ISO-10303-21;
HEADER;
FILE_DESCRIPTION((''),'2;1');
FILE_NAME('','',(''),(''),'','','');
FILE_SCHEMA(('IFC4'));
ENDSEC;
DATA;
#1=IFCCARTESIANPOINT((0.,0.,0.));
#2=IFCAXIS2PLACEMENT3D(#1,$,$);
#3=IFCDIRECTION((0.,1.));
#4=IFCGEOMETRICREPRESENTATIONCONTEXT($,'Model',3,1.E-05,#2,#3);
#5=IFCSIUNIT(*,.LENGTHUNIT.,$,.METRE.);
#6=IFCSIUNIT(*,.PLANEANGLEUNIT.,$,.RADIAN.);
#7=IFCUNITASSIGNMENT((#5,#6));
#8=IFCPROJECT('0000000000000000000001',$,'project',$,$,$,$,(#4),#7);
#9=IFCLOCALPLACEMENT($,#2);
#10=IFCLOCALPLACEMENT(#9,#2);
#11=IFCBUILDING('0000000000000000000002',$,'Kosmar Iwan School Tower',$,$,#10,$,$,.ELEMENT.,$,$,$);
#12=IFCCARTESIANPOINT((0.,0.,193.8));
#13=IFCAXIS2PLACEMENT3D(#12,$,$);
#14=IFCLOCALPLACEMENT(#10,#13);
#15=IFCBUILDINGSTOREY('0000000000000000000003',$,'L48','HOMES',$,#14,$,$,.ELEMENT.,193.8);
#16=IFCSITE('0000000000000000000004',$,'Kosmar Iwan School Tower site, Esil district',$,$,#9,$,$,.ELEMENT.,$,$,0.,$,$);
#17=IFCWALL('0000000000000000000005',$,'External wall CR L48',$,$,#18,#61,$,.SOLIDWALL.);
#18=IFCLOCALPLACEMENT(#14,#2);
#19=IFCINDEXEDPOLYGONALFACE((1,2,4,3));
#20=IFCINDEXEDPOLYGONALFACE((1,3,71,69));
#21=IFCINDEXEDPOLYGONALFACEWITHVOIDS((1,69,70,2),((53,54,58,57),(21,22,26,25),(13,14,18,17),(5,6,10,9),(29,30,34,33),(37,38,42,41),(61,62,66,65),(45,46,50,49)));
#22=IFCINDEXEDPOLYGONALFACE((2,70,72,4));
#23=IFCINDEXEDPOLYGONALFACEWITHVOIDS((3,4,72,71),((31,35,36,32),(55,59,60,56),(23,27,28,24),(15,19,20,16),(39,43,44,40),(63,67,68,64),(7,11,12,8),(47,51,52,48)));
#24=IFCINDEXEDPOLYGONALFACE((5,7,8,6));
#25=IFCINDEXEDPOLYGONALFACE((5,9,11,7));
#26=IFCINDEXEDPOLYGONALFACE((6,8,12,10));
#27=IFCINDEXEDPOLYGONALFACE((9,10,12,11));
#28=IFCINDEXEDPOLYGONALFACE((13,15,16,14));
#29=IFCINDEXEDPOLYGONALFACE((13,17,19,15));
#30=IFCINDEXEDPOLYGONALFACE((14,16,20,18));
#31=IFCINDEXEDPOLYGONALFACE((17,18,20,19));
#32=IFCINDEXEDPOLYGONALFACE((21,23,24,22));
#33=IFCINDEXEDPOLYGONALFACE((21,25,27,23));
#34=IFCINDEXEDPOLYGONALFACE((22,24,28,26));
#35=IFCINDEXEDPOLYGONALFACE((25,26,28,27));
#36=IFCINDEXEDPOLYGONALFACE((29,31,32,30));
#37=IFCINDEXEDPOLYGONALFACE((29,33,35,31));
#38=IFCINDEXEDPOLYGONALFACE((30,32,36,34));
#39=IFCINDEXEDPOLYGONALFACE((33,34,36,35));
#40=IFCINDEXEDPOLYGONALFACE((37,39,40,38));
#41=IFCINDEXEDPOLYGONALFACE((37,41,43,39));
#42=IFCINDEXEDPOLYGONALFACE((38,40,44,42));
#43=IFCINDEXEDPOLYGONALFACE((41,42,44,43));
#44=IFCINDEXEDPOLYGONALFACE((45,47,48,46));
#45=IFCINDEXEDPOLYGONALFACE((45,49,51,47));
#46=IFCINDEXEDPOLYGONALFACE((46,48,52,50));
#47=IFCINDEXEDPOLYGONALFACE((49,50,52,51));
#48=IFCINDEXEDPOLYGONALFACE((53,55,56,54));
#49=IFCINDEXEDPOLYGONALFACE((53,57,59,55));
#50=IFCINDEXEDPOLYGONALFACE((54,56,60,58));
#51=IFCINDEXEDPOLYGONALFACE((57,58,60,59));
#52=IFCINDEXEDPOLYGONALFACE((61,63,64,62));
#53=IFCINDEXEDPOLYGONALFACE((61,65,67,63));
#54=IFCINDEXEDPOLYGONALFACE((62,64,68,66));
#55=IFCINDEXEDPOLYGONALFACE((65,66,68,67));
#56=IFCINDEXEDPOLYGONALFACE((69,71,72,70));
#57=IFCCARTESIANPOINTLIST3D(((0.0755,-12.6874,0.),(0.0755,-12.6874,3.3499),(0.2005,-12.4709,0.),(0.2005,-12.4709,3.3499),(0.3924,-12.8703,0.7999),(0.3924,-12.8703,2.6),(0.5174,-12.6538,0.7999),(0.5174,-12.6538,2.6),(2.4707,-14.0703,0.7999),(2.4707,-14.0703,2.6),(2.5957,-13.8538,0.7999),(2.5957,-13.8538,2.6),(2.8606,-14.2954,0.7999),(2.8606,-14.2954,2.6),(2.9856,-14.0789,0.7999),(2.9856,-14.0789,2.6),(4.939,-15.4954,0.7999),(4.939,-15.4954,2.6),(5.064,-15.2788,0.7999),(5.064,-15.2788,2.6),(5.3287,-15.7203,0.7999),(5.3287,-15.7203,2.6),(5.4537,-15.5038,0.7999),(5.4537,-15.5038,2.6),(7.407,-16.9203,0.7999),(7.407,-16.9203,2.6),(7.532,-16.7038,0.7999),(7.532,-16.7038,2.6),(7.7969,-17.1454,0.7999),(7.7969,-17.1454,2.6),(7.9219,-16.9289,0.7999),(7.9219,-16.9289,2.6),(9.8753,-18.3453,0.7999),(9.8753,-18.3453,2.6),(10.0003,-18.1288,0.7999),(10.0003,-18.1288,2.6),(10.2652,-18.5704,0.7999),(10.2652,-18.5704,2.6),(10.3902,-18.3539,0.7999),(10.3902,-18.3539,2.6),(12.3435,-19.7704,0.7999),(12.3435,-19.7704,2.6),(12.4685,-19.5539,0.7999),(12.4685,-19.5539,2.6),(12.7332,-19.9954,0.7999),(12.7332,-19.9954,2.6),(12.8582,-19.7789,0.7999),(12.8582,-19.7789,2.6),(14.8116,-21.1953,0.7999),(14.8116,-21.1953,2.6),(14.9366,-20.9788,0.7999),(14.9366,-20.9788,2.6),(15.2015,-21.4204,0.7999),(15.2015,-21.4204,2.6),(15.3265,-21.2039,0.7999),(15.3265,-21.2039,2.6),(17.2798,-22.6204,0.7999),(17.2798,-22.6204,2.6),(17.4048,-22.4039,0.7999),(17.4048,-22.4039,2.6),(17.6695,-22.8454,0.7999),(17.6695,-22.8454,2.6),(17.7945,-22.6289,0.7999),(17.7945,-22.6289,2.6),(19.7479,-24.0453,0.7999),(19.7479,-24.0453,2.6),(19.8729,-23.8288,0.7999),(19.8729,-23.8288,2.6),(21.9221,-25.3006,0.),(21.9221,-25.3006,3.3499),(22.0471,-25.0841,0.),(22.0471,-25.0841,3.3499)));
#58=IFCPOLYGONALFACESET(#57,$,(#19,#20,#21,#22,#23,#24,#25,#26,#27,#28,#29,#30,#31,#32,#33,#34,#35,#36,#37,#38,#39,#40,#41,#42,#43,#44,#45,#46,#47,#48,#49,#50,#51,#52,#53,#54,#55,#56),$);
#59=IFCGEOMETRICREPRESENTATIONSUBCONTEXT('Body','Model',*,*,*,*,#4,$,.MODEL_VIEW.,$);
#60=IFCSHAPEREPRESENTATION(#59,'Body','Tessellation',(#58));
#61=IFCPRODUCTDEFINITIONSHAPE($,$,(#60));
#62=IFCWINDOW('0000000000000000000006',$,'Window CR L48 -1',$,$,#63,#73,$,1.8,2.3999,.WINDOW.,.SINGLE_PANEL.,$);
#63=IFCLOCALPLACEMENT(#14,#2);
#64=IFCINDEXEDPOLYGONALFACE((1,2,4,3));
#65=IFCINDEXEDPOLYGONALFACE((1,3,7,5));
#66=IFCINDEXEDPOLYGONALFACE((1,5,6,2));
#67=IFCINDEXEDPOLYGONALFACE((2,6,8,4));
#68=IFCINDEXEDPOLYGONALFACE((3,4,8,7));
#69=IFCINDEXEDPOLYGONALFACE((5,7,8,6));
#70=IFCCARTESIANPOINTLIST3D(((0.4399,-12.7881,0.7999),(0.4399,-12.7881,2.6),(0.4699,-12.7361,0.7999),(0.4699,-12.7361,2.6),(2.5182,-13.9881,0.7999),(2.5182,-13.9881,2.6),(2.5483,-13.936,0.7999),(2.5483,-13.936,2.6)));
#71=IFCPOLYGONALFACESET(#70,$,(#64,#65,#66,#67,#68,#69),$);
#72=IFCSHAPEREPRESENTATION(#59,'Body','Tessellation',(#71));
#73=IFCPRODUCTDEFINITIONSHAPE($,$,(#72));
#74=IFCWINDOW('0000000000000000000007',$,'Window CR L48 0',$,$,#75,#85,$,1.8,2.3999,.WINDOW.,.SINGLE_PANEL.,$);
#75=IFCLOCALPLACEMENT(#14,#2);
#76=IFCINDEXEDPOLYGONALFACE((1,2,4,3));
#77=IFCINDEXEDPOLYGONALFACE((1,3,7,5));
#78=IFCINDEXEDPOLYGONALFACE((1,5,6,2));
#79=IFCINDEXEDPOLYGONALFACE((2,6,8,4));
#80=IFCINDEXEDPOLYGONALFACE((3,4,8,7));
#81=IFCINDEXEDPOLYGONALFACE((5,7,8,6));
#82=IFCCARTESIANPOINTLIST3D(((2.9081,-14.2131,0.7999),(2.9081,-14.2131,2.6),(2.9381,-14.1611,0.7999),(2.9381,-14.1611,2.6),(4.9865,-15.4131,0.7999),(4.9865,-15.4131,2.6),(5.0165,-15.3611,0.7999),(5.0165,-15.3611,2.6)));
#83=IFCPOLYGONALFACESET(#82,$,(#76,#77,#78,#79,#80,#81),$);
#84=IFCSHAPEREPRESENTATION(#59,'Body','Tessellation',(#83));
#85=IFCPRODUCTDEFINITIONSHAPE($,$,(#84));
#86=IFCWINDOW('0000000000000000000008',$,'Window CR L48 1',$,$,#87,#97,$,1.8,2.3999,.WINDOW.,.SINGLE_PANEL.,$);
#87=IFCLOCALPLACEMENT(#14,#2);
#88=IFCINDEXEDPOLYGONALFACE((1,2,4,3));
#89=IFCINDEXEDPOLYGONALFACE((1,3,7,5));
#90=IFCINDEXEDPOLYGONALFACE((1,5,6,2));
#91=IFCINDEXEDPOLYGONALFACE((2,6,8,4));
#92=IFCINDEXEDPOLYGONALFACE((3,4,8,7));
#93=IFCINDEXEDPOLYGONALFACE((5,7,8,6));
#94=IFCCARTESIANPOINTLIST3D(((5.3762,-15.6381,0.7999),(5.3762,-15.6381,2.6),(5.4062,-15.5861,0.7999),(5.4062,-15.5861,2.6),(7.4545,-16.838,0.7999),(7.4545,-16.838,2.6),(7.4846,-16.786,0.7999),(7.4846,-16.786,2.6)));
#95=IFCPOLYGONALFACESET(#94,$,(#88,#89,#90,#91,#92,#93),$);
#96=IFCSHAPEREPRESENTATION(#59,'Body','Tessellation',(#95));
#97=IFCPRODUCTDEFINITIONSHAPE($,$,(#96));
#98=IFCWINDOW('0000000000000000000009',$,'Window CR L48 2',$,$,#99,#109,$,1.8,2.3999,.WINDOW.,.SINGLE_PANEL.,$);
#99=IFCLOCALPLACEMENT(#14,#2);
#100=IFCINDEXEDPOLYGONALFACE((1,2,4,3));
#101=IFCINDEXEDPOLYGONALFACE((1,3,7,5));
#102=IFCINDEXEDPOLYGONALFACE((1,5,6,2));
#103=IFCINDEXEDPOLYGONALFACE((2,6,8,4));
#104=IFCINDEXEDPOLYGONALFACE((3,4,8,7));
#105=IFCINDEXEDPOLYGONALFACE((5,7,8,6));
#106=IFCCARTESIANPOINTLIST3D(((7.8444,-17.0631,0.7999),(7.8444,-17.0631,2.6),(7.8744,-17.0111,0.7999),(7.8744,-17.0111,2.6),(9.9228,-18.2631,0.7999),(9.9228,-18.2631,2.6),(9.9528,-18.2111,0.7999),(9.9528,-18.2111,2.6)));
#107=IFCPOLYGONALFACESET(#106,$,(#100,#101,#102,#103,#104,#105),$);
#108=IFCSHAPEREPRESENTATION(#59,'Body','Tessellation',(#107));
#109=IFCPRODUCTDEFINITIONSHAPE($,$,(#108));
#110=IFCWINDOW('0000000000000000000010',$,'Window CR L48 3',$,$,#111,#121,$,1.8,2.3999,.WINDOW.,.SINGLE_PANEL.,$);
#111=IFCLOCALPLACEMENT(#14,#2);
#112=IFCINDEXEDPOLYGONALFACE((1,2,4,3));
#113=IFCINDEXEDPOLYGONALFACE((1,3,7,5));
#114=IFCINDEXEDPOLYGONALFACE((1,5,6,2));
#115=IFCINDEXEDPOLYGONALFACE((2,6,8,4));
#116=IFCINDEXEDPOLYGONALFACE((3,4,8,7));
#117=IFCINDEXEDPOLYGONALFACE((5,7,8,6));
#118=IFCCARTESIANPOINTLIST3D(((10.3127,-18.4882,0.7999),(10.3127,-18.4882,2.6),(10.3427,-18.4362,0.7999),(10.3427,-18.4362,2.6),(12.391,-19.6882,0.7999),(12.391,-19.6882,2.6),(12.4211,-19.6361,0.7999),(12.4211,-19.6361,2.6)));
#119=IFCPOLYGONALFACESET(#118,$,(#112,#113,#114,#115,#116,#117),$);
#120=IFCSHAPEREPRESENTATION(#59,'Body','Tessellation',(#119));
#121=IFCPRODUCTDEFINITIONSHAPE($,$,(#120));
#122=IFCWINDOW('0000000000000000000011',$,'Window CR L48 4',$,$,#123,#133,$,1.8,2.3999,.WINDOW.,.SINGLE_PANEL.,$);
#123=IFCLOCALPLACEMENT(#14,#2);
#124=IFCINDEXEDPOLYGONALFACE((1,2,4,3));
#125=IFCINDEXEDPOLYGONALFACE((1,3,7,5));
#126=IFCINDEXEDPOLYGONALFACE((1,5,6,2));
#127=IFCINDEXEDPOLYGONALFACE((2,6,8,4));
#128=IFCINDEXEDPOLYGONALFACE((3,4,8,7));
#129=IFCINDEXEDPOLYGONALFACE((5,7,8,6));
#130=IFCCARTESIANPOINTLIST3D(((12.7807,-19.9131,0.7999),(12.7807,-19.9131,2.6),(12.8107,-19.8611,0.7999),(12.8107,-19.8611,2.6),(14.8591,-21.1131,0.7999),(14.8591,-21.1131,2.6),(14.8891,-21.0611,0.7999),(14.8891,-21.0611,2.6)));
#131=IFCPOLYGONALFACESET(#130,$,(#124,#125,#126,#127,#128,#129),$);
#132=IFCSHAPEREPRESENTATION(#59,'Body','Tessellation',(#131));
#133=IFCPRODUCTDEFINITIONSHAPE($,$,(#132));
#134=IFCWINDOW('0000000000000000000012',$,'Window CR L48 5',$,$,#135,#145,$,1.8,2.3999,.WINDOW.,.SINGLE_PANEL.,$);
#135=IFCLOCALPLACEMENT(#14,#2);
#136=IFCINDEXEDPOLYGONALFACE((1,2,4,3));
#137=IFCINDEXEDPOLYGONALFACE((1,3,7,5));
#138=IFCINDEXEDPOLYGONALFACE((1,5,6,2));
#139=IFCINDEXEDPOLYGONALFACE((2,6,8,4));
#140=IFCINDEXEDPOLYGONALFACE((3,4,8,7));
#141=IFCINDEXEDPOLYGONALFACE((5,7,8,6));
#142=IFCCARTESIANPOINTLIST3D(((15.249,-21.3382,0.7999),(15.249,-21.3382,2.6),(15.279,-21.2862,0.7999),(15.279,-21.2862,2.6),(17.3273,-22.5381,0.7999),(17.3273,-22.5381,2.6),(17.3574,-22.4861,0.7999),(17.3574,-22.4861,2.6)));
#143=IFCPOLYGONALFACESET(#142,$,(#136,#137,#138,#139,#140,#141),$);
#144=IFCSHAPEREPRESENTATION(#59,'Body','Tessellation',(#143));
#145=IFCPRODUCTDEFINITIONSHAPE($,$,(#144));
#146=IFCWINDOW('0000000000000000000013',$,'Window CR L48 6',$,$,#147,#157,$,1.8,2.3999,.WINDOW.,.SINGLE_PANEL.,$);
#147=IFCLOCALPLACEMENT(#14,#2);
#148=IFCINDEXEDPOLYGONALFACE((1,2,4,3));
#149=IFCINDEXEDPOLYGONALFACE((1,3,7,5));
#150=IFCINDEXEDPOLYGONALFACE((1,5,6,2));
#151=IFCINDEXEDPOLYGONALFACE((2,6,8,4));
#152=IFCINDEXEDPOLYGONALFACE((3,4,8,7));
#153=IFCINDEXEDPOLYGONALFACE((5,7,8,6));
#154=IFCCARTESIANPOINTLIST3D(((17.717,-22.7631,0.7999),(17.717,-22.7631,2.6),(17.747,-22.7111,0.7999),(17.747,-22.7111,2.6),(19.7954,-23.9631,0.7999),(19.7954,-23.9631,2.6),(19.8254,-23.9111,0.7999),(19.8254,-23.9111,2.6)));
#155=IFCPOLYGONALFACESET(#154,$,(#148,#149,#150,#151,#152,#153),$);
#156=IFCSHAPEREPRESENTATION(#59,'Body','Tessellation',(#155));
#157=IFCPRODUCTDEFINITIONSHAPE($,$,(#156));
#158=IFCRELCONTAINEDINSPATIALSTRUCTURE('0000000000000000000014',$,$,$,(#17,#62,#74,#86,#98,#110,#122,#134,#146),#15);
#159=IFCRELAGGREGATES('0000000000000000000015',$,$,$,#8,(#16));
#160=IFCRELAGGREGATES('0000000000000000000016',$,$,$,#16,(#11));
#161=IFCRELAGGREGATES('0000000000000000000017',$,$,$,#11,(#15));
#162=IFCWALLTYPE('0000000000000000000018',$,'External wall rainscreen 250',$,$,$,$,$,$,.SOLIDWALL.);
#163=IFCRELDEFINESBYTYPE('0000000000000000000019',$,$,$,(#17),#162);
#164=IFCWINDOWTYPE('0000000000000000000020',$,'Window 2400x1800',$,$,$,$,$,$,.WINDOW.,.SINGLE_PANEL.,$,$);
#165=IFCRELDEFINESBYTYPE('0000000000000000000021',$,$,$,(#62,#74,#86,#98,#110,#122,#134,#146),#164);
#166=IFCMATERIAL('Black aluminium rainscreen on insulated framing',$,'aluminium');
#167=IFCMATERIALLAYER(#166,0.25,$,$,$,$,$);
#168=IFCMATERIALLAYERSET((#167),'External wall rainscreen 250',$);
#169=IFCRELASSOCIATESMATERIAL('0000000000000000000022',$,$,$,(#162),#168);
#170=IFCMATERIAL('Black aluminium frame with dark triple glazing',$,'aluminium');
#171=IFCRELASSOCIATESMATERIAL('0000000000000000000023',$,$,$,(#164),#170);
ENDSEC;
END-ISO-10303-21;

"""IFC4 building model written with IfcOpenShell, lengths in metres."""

from ifc_helpers import new_model, si_unit, direction, frame, frame_2d, origin, place, context, subcontext, project, spatial, rectangle, extrude, material, layer, layer_set, type_object, element, fill, save


model = new_model("IFC4")

# Units and contexts
model_context = context("Model", 3, precision=1e-05, world=origin(), true_north=direction((0.0, 1.0)))
body_context = subcontext(model_context, "Body", "Model", "MODEL_VIEW")
ifc_project = project(units=[si_unit("LENGTHUNIT", "METRE"), si_unit("PLANEANGLEUNIT", "RADIAN")], contexts=[model_context])

# Site, building, storey
site_placement = place(None, origin())
site = spatial("IfcSite", under=ifc_project, at=site_placement, Name="Kosmar Iwan School Tower site, Esil district", CompositionType="ELEMENT", RefElevation=0.0)
building_placement = place(site_placement, origin())
building = spatial("IfcBuilding", under=site, at=building_placement, Name="Kosmar Iwan School Tower", CompositionType="ELEMENT")
storey_placement = place(building_placement, frame((0.0, 0.0, 193.8)))
storey = spatial("IfcBuildingStorey", under=building, at=storey_placement, Name="L48", Description="HOMES", CompositionType="ELEMENT", Elevation=193.8)

# Wall, openings, windows
ifc_material_1 = material(Name="Black aluminium rainscreen on insulated framing", Category="aluminium")
ifc_layer = layer(ifc_material_1, 0.25)
ifc_layer_set = layer_set([ifc_layer], Name="External wall rainscreen 250")
wall_type = type_object("IfcWallType", Name="External wall rainscreen 250", PredefinedType="SOLIDWALL", material=ifc_layer_set)
ifc_material_2 = material(Name="Black aluminium frame with dark triple glazing", Category="aluminium")
window_type = type_object("IfcWindowType", Name="Window 2400x1800", PartitioningType="SINGLE_PANEL", PredefinedType="WINDOW", material=ifc_material_2)
wall_1_placement = place(storey_placement, frame((0.1379, -12.5791, 0.0), z_axis=(0.0, 0.0, 1.0), x_axis=(0.866024, -0.500003, 0.0)))
wall_1 = element("IfcWall", 1, at=wall_1_placement, inside=storey, type_object=wall_type, Name="External wall CR L48", PredefinedType="SOLIDWALL", context=body_context, shape_type="SweptSolid", body=[
    extrude(rectangle(XDim=25.2263, YDim=0.25, at=frame_2d((12.6133, 0.0))), origin(), (0.0, 0.0, 1.0), 3.3499),
])
opening_1_placement = place(wall_1_placement, frame((0.366, 0.0, 0.8)))
opening_1 = element("IfcOpeningElement", 2, at=opening_1_placement, cuts=wall_1, PredefinedType="OPENING", context=body_context, shape_type="SweptSolid", body=[
    extrude(rectangle(XDim=2.3999, YDim=1.8, at=frame_2d((1.2, 0.8999))), frame((0.0, 0.137, 0.0), z_axis=(0.0, -1.0, 0.0), x_axis=(1.0, 0.0, 0.0)), (0.0, 0.0, 1.0), 0.2739),
])
opening_2_placement = place(wall_1_placement, frame((3.2161, 0.0, 0.8)))
opening_2 = element("IfcOpeningElement", 3, at=opening_2_placement, cuts=wall_1, PredefinedType="OPENING", context=body_context, shape_type="SweptSolid", body=[
    extrude(rectangle(XDim=2.3999, YDim=1.8, at=frame_2d((1.2, 0.8999))), frame((0.0, 0.137, 0.0), z_axis=(0.0, -1.0, 0.0), x_axis=(1.0, 0.0, 0.0)), (0.0, 0.0, 1.0), 0.2739),
])
opening_3_placement = place(wall_1_placement, frame((6.0659, 0.0, 0.8)))
opening_3 = element("IfcOpeningElement", 4, at=opening_3_placement, cuts=wall_1, PredefinedType="OPENING", context=body_context, shape_type="SweptSolid", body=[
    extrude(rectangle(XDim=2.3999, YDim=1.8, at=frame_2d((1.2, 0.8999))), frame((0.0, 0.137, 0.0), z_axis=(0.0, -1.0, 0.0), x_axis=(1.0, 0.0, 0.0)), (0.0, 0.0, 1.0), 0.2739),
])
opening_4_placement = place(wall_1_placement, frame((8.916, 0.0, 0.8)))
opening_4 = element("IfcOpeningElement", 5, at=opening_4_placement, cuts=wall_1, PredefinedType="OPENING", context=body_context, shape_type="SweptSolid", body=[
    extrude(rectangle(XDim=2.3999, YDim=1.8, at=frame_2d((1.2, 0.8999))), frame((0.0, 0.137, 0.0), z_axis=(0.0, -1.0, 0.0), x_axis=(1.0, 0.0, 0.0)), (0.0, 0.0, 1.0), 0.2739),
])
opening_5_placement = place(wall_1_placement, frame((11.7661, 0.0, 0.8)))
opening_5 = element("IfcOpeningElement", 6, at=opening_5_placement, cuts=wall_1, PredefinedType="OPENING", context=body_context, shape_type="SweptSolid", body=[
    extrude(rectangle(XDim=2.3999, YDim=1.8, at=frame_2d((1.2, 0.8999))), frame((0.0, 0.137, 0.0), z_axis=(0.0, -1.0, 0.0), x_axis=(1.0, 0.0, 0.0)), (0.0, 0.0, 1.0), 0.2739),
])
opening_6_placement = place(wall_1_placement, frame((14.616, 0.0, 0.8)))
opening_6 = element("IfcOpeningElement", 7, at=opening_6_placement, cuts=wall_1, PredefinedType="OPENING", context=body_context, shape_type="SweptSolid", body=[
    extrude(rectangle(XDim=2.3999, YDim=1.8, at=frame_2d((1.2, 0.8999))), frame((0.0, 0.137, 0.0), z_axis=(0.0, -1.0, 0.0), x_axis=(1.0, 0.0, 0.0)), (0.0, 0.0, 1.0), 0.2739),
])
opening_7_placement = place(wall_1_placement, frame((17.4661, 0.0, 0.8)))
opening_7 = element("IfcOpeningElement", 8, at=opening_7_placement, cuts=wall_1, PredefinedType="OPENING", context=body_context, shape_type="SweptSolid", body=[
    extrude(rectangle(XDim=2.3999, YDim=1.8, at=frame_2d((1.2, 0.8999))), frame((0.0, 0.137, 0.0), z_axis=(0.0, -1.0, 0.0), x_axis=(1.0, 0.0, 0.0)), (0.0, 0.0, 1.0), 0.2739),
])
opening_8_placement = place(wall_1_placement, frame((20.3159, 0.0, 0.8)))
opening_8 = element("IfcOpeningElement", 9, at=opening_8_placement, cuts=wall_1, PredefinedType="OPENING", context=body_context, shape_type="SweptSolid", body=[
    extrude(rectangle(XDim=2.3999, YDim=1.8, at=frame_2d((1.2, 0.8999))), frame((0.0, 0.137, 0.0), z_axis=(0.0, -1.0, 0.0), x_axis=(1.0, 0.0, 0.0)), (0.0, 0.0, 1.0), 0.2739),
])
window_1_placement = place(opening_1_placement, origin())
window_1 = element("IfcWindow", 10, at=window_1_placement, inside=storey, type_object=window_type, Name="Window CR L48 -1", OverallHeight=1.8, OverallWidth=2.3999, PartitioningType="SINGLE_PANEL", PredefinedType="WINDOW", context=body_context, shape_type="SweptSolid", body=[
    extrude(rectangle(XDim=2.3999, YDim=1.8, at=frame_2d((1.2, 0.8999))), frame((0.0, 0.03, 0.0), z_axis=(0.0, -1.0, 0.0), x_axis=(1.0, 0.0, 0.0)), (0.0, 0.0, 1.0), 0.0601),
])
fill(opening_1, window_1)
window_2_placement = place(opening_2_placement, origin())
window_2 = element("IfcWindow", 11, at=window_2_placement, inside=storey, type_object=window_type, Name="Window CR L48 0", OverallHeight=1.8, OverallWidth=2.3999, PartitioningType="SINGLE_PANEL", PredefinedType="WINDOW", context=body_context, shape_type="SweptSolid", body=[
    extrude(rectangle(XDim=2.3999, YDim=1.8, at=frame_2d((1.2, 0.8999))), frame((0.0, 0.03, 0.0), z_axis=(0.0, -1.0, 0.0), x_axis=(1.0, 0.0, 0.0)), (0.0, 0.0, 1.0), 0.0601),
])
fill(opening_2, window_2)
window_3_placement = place(opening_3_placement, origin())
window_3 = element("IfcWindow", 12, at=window_3_placement, inside=storey, type_object=window_type, Name="Window CR L48 1", OverallHeight=1.8, OverallWidth=2.3999, PartitioningType="SINGLE_PANEL", PredefinedType="WINDOW", context=body_context, shape_type="SweptSolid", body=[
    extrude(rectangle(XDim=2.3999, YDim=1.8, at=frame_2d((1.2, 0.8999))), frame((0.0, 0.03, 0.0), z_axis=(0.0, -1.0, 0.0), x_axis=(1.0, 0.0, 0.0)), (0.0, 0.0, 1.0), 0.0601),
])
fill(opening_3, window_3)
window_4_placement = place(opening_4_placement, origin())
window_4 = element("IfcWindow", 13, at=window_4_placement, inside=storey, type_object=window_type, Name="Window CR L48 2", OverallHeight=1.8, OverallWidth=2.3999, PartitioningType="SINGLE_PANEL", PredefinedType="WINDOW", context=body_context, shape_type="SweptSolid", body=[
    extrude(rectangle(XDim=2.3999, YDim=1.8, at=frame_2d((1.2, 0.8999))), frame((0.0, 0.03, 0.0), z_axis=(0.0, -1.0, 0.0), x_axis=(1.0, 0.0, 0.0)), (0.0, 0.0, 1.0), 0.0601),
])
fill(opening_4, window_4)
window_5_placement = place(opening_5_placement, origin())
window_5 = element("IfcWindow", 14, at=window_5_placement, inside=storey, type_object=window_type, Name="Window CR L48 3", OverallHeight=1.8, OverallWidth=2.3999, PartitioningType="SINGLE_PANEL", PredefinedType="WINDOW", context=body_context, shape_type="SweptSolid", body=[
    extrude(rectangle(XDim=2.3999, YDim=1.8, at=frame_2d((1.2, 0.8999))), frame((0.0, 0.03, 0.0), z_axis=(0.0, -1.0, 0.0), x_axis=(1.0, 0.0, 0.0)), (0.0, 0.0, 1.0), 0.0601),
])
fill(opening_5, window_5)
window_6_placement = place(opening_6_placement, origin())
window_6 = element("IfcWindow", 15, at=window_6_placement, inside=storey, type_object=window_type, Name="Window CR L48 4", OverallHeight=1.8, OverallWidth=2.3999, PartitioningType="SINGLE_PANEL", PredefinedType="WINDOW", context=body_context, shape_type="SweptSolid", body=[
    extrude(rectangle(XDim=2.3999, YDim=1.8, at=frame_2d((1.2, 0.8999))), frame((0.0, 0.03, 0.0), z_axis=(0.0, -1.0, 0.0), x_axis=(1.0, 0.0, 0.0)), (0.0, 0.0, 1.0), 0.0601),
])
fill(opening_6, window_6)
window_7_placement = place(opening_7_placement, origin())
window_7 = element("IfcWindow", 16, at=window_7_placement, inside=storey, type_object=window_type, Name="Window CR L48 5", OverallHeight=1.8, OverallWidth=2.3999, PartitioningType="SINGLE_PANEL", PredefinedType="WINDOW", context=body_context, shape_type="SweptSolid", body=[
    extrude(rectangle(XDim=2.3999, YDim=1.8, at=frame_2d((1.2, 0.8999))), frame((0.0, 0.03, 0.0), z_axis=(0.0, -1.0, 0.0), x_axis=(1.0, 0.0, 0.0)), (0.0, 0.0, 1.0), 0.0601),
])
fill(opening_7, window_7)
window_8_placement = place(opening_8_placement, origin())
window_8 = element("IfcWindow", 17, at=window_8_placement, inside=storey, type_object=window_type, Name="Window CR L48 6", OverallHeight=1.8, OverallWidth=2.3999, PartitioningType="SINGLE_PANEL", PredefinedType="WINDOW", context=body_context, shape_type="SweptSolid", body=[
    extrude(rectangle(XDim=2.3999, YDim=1.8, at=frame_2d((1.2, 0.8999))), frame((0.0, 0.03, 0.0), z_axis=(0.0, -1.0, 0.0), x_axis=(1.0, 0.0, 0.0)), (0.0, 0.0, 1.0), 0.0601),
])
fill(opening_8, window_8)

save(model, "model.ifc")
